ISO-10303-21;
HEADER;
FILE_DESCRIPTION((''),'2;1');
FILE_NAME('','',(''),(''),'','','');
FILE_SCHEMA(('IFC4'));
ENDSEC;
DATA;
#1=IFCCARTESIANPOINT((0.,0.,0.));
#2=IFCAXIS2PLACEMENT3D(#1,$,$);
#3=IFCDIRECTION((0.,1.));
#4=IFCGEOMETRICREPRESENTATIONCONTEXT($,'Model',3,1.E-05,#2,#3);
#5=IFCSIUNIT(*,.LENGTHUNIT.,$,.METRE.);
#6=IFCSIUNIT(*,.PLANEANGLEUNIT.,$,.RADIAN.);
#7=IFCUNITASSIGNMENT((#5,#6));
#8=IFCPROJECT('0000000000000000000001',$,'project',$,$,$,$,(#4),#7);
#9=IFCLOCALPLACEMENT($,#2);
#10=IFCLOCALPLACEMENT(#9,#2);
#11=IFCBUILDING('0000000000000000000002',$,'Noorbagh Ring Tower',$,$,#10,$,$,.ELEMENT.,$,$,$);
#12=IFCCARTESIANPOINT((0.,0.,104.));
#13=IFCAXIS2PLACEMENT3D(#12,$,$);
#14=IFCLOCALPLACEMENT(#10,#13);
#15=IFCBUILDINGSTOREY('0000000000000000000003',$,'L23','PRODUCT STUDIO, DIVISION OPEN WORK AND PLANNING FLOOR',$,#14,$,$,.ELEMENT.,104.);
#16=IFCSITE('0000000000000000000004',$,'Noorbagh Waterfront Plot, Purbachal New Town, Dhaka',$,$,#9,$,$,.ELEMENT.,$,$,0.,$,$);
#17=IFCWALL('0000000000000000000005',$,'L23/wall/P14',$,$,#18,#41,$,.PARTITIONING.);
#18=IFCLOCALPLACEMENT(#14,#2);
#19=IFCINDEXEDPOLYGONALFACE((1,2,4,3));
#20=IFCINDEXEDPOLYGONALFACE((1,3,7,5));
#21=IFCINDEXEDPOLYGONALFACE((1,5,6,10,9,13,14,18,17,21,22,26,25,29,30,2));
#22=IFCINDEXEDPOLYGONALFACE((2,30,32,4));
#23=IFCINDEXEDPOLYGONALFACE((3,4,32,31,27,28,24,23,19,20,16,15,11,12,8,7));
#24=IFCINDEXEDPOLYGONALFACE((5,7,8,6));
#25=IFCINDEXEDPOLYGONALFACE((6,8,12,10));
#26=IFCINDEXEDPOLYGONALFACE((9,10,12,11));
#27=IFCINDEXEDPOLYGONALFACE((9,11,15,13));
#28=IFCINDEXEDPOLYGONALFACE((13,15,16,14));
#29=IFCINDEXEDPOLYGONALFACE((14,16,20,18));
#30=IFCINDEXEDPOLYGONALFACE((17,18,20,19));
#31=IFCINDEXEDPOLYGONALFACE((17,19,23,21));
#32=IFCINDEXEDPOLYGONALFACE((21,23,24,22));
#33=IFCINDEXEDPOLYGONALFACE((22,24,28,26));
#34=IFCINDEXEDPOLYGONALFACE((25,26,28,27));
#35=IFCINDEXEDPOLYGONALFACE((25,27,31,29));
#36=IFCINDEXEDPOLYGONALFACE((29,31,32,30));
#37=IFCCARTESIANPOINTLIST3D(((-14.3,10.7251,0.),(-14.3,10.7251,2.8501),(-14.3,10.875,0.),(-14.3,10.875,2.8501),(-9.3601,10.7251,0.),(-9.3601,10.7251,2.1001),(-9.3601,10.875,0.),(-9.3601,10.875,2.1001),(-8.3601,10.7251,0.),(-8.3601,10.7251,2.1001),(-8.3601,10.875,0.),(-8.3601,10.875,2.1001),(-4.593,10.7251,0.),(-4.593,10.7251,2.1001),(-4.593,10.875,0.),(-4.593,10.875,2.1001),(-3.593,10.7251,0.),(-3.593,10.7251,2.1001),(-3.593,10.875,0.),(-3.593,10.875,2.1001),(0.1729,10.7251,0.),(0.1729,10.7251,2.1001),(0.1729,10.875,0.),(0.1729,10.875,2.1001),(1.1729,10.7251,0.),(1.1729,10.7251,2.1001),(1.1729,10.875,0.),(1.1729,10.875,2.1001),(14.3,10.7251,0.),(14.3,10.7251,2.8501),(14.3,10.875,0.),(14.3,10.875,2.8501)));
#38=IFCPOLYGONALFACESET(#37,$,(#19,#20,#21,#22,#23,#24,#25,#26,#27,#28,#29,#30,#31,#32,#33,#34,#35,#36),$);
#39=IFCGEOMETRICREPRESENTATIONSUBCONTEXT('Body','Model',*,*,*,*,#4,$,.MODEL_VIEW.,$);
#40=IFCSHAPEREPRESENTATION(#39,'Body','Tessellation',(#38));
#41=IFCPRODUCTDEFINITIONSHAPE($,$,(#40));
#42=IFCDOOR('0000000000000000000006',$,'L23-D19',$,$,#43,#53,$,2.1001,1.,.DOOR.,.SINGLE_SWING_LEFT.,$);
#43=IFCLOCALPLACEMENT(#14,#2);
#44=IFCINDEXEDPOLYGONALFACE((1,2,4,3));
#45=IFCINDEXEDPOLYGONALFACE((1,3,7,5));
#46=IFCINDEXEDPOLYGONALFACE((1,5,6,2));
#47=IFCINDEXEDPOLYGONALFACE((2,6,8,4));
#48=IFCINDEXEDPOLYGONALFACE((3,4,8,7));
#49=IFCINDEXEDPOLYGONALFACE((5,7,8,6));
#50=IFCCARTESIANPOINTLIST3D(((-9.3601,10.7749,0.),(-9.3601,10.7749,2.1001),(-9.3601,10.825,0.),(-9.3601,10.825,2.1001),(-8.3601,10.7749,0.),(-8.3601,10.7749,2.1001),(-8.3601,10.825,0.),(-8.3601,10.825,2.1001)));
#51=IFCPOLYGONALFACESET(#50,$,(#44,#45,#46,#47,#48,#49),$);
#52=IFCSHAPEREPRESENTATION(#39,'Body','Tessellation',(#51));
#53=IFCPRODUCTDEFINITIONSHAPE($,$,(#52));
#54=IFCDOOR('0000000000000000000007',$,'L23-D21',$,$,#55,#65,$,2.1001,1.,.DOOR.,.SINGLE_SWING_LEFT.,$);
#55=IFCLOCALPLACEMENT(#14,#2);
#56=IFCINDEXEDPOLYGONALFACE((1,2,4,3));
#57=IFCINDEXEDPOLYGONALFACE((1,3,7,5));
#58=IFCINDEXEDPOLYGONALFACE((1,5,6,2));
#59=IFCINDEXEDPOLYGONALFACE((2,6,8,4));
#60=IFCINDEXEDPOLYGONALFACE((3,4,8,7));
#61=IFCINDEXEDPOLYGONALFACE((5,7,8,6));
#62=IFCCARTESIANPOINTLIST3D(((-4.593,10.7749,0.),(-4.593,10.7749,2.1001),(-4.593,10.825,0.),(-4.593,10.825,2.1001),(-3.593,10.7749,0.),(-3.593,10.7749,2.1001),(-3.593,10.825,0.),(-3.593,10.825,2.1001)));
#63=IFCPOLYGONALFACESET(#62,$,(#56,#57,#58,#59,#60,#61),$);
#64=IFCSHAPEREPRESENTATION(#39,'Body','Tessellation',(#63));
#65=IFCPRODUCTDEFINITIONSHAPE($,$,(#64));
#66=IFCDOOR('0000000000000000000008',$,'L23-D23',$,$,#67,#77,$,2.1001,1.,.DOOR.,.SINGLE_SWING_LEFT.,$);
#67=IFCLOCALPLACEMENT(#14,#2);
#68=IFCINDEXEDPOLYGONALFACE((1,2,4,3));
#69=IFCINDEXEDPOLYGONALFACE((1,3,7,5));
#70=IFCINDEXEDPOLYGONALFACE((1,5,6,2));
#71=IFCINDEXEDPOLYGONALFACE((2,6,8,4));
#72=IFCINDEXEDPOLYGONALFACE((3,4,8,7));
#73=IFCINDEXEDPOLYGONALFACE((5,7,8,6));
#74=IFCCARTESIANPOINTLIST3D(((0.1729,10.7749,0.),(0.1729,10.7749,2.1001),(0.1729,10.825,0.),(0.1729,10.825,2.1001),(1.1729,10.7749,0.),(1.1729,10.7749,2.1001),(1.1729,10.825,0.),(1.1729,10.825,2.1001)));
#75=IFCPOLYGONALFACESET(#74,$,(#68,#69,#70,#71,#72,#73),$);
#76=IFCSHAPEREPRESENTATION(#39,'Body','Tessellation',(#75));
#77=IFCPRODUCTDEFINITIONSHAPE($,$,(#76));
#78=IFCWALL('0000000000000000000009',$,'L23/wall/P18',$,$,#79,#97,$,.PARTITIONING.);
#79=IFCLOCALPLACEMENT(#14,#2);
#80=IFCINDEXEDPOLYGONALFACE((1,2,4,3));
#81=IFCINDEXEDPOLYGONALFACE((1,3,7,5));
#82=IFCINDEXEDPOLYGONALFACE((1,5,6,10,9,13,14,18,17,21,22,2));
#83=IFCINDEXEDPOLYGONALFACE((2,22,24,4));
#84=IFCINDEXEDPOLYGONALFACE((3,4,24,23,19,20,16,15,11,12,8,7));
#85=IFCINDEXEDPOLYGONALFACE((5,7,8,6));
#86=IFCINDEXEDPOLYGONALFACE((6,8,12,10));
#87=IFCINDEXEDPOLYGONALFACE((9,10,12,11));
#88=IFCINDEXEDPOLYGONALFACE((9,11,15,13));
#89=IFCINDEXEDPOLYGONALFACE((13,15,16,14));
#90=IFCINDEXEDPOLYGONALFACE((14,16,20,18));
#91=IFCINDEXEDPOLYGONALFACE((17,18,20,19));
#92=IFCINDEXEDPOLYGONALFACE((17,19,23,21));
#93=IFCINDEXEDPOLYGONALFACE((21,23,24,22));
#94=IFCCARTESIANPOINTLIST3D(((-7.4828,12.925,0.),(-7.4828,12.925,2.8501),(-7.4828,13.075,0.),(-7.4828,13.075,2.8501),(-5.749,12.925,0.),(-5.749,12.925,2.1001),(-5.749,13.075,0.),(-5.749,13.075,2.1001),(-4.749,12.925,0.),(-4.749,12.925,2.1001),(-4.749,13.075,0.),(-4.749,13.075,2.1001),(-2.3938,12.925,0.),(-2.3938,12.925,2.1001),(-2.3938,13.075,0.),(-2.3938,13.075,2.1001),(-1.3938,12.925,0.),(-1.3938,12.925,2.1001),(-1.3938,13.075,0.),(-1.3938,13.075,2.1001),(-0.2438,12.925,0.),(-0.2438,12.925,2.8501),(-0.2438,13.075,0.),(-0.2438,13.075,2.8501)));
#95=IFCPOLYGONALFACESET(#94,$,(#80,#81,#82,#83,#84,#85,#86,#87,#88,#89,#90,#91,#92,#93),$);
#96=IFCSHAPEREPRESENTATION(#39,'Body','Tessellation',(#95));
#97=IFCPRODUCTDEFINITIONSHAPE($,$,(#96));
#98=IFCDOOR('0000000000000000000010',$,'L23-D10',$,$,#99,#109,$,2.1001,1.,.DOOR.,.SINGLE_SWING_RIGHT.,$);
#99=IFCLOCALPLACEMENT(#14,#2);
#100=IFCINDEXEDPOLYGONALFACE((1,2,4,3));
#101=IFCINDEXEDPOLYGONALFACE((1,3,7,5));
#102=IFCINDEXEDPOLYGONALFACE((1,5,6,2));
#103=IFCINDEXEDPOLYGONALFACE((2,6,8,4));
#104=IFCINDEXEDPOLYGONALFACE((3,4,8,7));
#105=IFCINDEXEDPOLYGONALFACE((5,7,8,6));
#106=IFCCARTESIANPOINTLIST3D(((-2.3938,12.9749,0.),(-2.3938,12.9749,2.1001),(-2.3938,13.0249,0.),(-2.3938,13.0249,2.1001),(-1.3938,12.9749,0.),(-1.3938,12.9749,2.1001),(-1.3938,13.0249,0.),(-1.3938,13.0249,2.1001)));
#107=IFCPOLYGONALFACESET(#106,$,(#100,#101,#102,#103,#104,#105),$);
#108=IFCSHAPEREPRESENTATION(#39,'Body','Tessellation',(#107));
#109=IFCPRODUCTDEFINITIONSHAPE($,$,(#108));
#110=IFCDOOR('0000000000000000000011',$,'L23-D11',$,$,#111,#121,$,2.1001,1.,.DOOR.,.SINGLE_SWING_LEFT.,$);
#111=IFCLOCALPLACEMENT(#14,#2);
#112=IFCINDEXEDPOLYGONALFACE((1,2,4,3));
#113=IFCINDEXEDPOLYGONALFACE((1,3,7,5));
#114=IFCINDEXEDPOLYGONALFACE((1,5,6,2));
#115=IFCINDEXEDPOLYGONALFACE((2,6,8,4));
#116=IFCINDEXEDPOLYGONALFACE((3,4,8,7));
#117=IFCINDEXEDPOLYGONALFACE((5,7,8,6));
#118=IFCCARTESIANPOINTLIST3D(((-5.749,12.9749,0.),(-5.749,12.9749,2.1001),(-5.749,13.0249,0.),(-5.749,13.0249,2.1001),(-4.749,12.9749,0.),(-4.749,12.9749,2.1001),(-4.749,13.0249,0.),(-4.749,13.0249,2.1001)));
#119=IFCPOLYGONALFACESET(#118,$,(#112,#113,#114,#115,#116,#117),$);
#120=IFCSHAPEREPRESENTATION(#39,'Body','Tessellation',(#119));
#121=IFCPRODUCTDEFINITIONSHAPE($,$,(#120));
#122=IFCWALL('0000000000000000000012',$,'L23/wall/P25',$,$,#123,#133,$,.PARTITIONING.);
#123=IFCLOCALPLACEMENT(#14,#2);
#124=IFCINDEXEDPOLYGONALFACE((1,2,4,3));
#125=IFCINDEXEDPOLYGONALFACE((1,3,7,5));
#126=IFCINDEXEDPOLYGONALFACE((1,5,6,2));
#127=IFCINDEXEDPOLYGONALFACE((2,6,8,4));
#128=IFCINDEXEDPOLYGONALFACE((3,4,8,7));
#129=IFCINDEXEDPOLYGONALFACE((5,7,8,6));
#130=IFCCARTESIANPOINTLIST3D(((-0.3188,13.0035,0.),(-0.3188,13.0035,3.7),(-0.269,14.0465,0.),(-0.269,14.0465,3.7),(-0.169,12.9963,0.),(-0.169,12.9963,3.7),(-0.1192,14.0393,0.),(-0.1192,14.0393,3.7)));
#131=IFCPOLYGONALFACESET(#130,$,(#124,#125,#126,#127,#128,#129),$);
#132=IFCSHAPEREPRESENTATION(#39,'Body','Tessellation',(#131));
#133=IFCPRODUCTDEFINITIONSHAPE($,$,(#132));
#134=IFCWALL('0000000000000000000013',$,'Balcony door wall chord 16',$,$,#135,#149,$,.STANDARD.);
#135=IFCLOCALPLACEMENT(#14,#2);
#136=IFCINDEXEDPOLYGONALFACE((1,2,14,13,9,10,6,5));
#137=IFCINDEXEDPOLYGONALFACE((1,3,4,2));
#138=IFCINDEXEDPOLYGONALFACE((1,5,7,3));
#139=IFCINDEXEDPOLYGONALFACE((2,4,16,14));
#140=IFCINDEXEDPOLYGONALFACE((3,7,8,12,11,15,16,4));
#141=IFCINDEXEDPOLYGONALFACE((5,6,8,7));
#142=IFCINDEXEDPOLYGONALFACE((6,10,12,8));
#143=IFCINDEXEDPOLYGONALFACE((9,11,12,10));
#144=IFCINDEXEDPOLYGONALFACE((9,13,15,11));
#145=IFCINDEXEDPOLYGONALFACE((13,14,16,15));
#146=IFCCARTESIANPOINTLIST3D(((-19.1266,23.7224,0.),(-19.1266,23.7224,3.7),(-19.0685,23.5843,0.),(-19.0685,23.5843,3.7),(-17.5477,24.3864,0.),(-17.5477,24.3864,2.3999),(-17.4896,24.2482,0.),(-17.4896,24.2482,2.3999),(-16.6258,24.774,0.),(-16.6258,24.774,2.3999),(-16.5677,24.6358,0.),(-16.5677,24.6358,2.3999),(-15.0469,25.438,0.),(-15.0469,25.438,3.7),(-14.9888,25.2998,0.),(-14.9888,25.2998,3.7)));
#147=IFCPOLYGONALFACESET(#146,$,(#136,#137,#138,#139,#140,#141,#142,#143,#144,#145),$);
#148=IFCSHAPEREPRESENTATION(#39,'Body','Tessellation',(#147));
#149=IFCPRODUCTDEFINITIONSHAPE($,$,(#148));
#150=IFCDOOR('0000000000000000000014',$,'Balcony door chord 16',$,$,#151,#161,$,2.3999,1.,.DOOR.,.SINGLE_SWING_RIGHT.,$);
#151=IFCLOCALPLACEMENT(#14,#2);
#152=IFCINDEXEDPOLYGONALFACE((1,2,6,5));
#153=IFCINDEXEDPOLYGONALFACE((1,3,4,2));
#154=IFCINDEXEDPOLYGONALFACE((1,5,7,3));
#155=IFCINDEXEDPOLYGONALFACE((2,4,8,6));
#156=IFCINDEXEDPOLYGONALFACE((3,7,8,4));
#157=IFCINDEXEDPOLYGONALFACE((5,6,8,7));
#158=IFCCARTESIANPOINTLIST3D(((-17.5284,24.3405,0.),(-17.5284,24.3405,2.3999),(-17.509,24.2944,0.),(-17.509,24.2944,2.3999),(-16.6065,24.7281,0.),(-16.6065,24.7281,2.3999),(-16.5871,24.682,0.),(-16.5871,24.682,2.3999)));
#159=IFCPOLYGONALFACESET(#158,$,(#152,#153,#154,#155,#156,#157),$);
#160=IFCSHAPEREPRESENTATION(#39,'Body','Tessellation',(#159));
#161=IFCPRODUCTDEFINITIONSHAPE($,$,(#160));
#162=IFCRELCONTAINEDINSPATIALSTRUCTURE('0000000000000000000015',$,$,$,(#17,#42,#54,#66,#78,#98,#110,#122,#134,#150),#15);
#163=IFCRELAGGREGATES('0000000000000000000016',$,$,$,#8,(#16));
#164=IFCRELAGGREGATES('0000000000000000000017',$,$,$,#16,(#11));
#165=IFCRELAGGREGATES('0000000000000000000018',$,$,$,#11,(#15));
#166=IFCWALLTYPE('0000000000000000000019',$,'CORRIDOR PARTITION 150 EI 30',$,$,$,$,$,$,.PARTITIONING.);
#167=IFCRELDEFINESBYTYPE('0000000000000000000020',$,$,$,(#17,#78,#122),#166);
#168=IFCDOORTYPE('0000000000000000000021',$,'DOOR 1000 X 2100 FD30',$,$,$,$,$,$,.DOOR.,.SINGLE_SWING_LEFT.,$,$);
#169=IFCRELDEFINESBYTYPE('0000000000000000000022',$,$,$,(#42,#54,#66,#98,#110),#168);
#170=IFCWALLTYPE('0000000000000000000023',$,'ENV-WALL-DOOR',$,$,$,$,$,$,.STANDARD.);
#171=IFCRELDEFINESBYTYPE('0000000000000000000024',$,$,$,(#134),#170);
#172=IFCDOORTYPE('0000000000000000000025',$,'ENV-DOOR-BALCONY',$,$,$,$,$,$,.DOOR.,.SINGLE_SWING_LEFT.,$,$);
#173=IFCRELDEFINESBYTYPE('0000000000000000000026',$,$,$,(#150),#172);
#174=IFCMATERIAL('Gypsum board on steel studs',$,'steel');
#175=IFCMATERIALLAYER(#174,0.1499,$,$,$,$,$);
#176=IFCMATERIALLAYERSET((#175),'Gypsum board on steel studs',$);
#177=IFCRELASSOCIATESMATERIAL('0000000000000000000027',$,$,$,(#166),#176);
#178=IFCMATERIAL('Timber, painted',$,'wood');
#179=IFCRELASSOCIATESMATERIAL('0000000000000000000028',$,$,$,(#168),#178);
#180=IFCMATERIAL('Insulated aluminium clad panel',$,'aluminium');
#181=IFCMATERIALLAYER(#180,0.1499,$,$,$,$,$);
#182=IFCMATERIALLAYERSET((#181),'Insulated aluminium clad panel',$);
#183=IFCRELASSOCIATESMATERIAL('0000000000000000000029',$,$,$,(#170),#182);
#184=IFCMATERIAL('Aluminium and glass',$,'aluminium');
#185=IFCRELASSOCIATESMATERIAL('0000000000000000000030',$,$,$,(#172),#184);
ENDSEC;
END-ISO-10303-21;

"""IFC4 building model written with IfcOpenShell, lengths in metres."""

from ifc_helpers import new_model, si_unit, direction, frame, frame_2d, origin, place, context, subcontext, project, spatial, rectangle, extrude, material, layer, layer_set, type_object, element, fill, save


model = new_model("IFC4")

# Units and contexts
model_context = context("Model", 3, precision=1e-05, world=origin(), true_north=direction((0.0, 1.0)))
body_context = subcontext(model_context, "Body", "Model", "MODEL_VIEW")
ifc_project = project(units=[si_unit("LENGTHUNIT", "METRE"), si_unit("PLANEANGLEUNIT", "RADIAN")], contexts=[model_context])

# Site, building, storey
site_placement = place(None, origin())
site = spatial("IfcSite", under=ifc_project, at=site_placement, Name="Noorbagh Waterfront Plot, Purbachal New Town, Dhaka", CompositionType="ELEMENT", RefElevation=0.0)
building_placement = place(site_placement, origin())
building = spatial("IfcBuilding", under=site, at=building_placement, Name="Noorbagh Ring Tower", CompositionType="ELEMENT")
storey_placement = place(building_placement, frame((0.0, 0.0, 104.0)))
storey = spatial("IfcBuildingStorey", under=building, at=storey_placement, Name="L23", Description="PRODUCT STUDIO, DIVISION OPEN WORK AND PLANNING FLOOR", CompositionType="ELEMENT", Elevation=104.0)

# Shared definitions
ifc_material_1 = material(Name="Gypsum board on steel studs", Category="steel")
ifc_layer_1 = layer(ifc_material_1, 0.1499)
ifc_layer_set_1 = layer_set([ifc_layer_1], Name="Gypsum board on steel studs")
wall_type_1 = type_object("IfcWallType", Name="CORRIDOR PARTITION 150 EI 30", PredefinedType="PARTITIONING", material=ifc_layer_set_1)
ifc_material_2 = material(Name="Timber, painted", Category="wood")
door_type_1 = type_object("IfcDoorType", Name="DOOR 1000 X 2100 FD30", OperationType="SINGLE_SWING_LEFT", PredefinedType="DOOR", material=ifc_material_2)

# Walls, openings, doors
wall_1_placement = place(storey_placement, frame((-14.3, 10.8, 0.0), z_axis=(0.0, 0.0, 1.0), x_axis=(1.0, 0.0, 0.0)))
wall_1 = element("IfcWall", 1, at=wall_1_placement, inside=storey, type_object=wall_type_1, Name="L23/wall/P14", PredefinedType="PARTITIONING", context=body_context, shape_type="SweptSolid", body=[
    extrude(rectangle(XDim=28.6001, YDim=0.1499, at=frame_2d((14.3, 0.0))), origin(), (0.0, 0.0, 1.0), 2.8501),
])
opening_1_placement = place(wall_1_placement, frame((4.9399, 0.0, 0.0)))
opening_1 = element("IfcOpeningElement", 2, at=opening_1_placement, cuts=wall_1, PredefinedType="OPENING", context=body_context, shape_type="SweptSolid", body=[
    extrude(rectangle(XDim=1.0, YDim=2.1001, at=frame_2d((0.5, 1.05))), frame((0.0, 0.085, 0.0), z_axis=(0.0, -1.0, 0.0), x_axis=(1.0, 0.0, 0.0)), (0.0, 0.0, 1.0), 0.1699),
])
opening_2_placement = place(wall_1_placement, frame((9.707, 0.0, 0.0)))
opening_2 = element("IfcOpeningElement", 3, at=opening_2_placement, cuts=wall_1, PredefinedType="OPENING", context=body_context, shape_type="SweptSolid", body=[
    extrude(rectangle(XDim=1.0, YDim=2.1001, at=frame_2d((0.5, 1.05))), frame((0.0, 0.085, 0.0), z_axis=(0.0, -1.0, 0.0), x_axis=(1.0, 0.0, 0.0)), (0.0, 0.0, 1.0), 0.1699),
])
opening_3_placement = place(wall_1_placement, frame((14.4729, 0.0, 0.0)))
opening_3 = element("IfcOpeningElement", 4, at=opening_3_placement, cuts=wall_1, PredefinedType="OPENING", context=body_context, shape_type="SweptSolid", body=[
    extrude(rectangle(XDim=1.0, YDim=2.1001, at=frame_2d((0.5, 1.05))), frame((0.0, 0.085, 0.0), z_axis=(0.0, -1.0, 0.0), x_axis=(1.0, 0.0, 0.0)), (0.0, 0.0, 1.0), 0.1699),
])
door_1_placement = place(opening_1_placement, origin())
door_1 = element("IfcDoor", 5, at=door_1_placement, inside=storey, type_object=door_type_1, Name="L23-D19", OperationType="SINGLE_SWING_LEFT", OverallHeight=2.1001, OverallWidth=1.0, PredefinedType="DOOR", context=body_context, shape_type="SweptSolid", body=[
    extrude(rectangle(XDim=1.0, YDim=2.1001, at=frame_2d((0.5, 1.05))), frame((0.0, 0.0249, 0.0), z_axis=(0.0, -1.0, 0.0), x_axis=(1.0, 0.0, 0.0)), (0.0, 0.0, 1.0), 0.05),
])
fill(opening_1, door_1)
door_2_placement = place(opening_2_placement, origin())
door_2 = element("IfcDoor", 6, at=door_2_placement, inside=storey, type_object=door_type_1, Name="L23-D21", OperationType="SINGLE_SWING_LEFT", OverallHeight=2.1001, OverallWidth=1.0, PredefinedType="DOOR", context=body_context, shape_type="SweptSolid", body=[
    extrude(rectangle(XDim=1.0, YDim=2.1001, at=frame_2d((0.5, 1.05))), frame((0.0, 0.0249, 0.0), z_axis=(0.0, -1.0, 0.0), x_axis=(1.0, 0.0, 0.0)), (0.0, 0.0, 1.0), 0.05),
])
fill(opening_2, door_2)
door_3_placement = place(opening_3_placement, origin())
door_3 = element("IfcDoor", 7, at=door_3_placement, inside=storey, type_object=door_type_1, Name="L23-D23", OperationType="SINGLE_SWING_LEFT", OverallHeight=2.1001, OverallWidth=1.0, PredefinedType="DOOR", context=body_context, shape_type="SweptSolid", body=[
    extrude(rectangle(XDim=1.0, YDim=2.1001, at=frame_2d((0.5, 1.05))), frame((0.0, 0.0249, 0.0), z_axis=(0.0, -1.0, 0.0), x_axis=(1.0, 0.0, 0.0)), (0.0, 0.0, 1.0), 0.05),
])
fill(opening_3, door_3)
wall_2_placement = place(storey_placement, frame((-7.4829, 13.0, 0.0), z_axis=(0.0, 0.0, 1.0), x_axis=(1.0, 0.0, 0.0)))
wall_2 = element("IfcWall", 8, at=wall_2_placement, inside=storey, type_object=wall_type_1, Name="L23/wall/P18", PredefinedType="PARTITIONING", context=body_context, shape_type="SweptSolid", body=[
    extrude(rectangle(XDim=7.239, YDim=0.1499, at=frame_2d((3.6196, 0.0))), origin(), (0.0, 0.0, 1.0), 2.8501),
])
opening_4_placement = place(wall_2_placement, frame((5.0891, 0.0, 0.0)))
opening_4 = element("IfcOpeningElement", 9, at=opening_4_placement, cuts=wall_2, PredefinedType="OPENING", context=body_context, shape_type="SweptSolid", body=[
    extrude(rectangle(XDim=1.0, YDim=2.1001, at=frame_2d((0.5, 1.05))), frame((0.0, 0.085, 0.0), z_axis=(0.0, -1.0, 0.0), x_axis=(1.0, 0.0, 0.0)), (0.0, 0.0, 1.0), 0.1699),
])
opening_5_placement = place(wall_2_placement, frame((1.7339, 0.0, 0.0)))
opening_5 = element("IfcOpeningElement", 10, at=opening_5_placement, cuts=wall_2, PredefinedType="OPENING", context=body_context, shape_type="SweptSolid", body=[
    extrude(rectangle(XDim=1.0, YDim=2.1001, at=frame_2d((0.5, 1.05))), frame((0.0, 0.085, 0.0), z_axis=(0.0, -1.0, 0.0), x_axis=(1.0, 0.0, 0.0)), (0.0, 0.0, 1.0), 0.1699),
])
door_4_placement = place(opening_4_placement, origin())
door_4 = element("IfcDoor", 11, at=door_4_placement, inside=storey, type_object=door_type_1, Name="L23-D10", OperationType="SINGLE_SWING_RIGHT", OverallHeight=2.1001, OverallWidth=1.0, PredefinedType="DOOR", context=body_context, shape_type="SweptSolid", body=[
    extrude(rectangle(XDim=1.0, YDim=2.1001, at=frame_2d((0.5, 1.05))), frame((0.0, 0.0249, 0.0), z_axis=(0.0, -1.0, 0.0), x_axis=(1.0, 0.0, 0.0)), (0.0, 0.0, 1.0), 0.05),
])
fill(opening_4, door_4)
door_5_placement = place(opening_5_placement, origin())
door_5 = element("IfcDoor", 12, at=door_5_placement, inside=storey, type_object=door_type_1, Name="L23-D11", OperationType="SINGLE_SWING_LEFT", OverallHeight=2.1001, OverallWidth=1.0, PredefinedType="DOOR", context=body_context, shape_type="SweptSolid", body=[
    extrude(rectangle(XDim=1.0, YDim=2.1001, at=frame_2d((0.5, 1.05))), frame((0.0, 0.0249, 0.0), z_axis=(0.0, -1.0, 0.0), x_axis=(1.0, 0.0, 0.0)), (0.0, 0.0, 1.0), 0.05),
])
fill(opening_5, door_5)

# Wall
wall_3_placement = place(storey_placement, frame((-0.2439, 13.0, 0.0), z_axis=(0.0, 0.0, 1.0), x_axis=(0.047698, 0.998862, 0.0)))
element("IfcWall", 13, at=wall_3_placement, inside=storey, type_object=wall_type_1, Name="L23/wall/P25", PredefinedType="PARTITIONING", context=body_context, shape_type="SweptSolid", body=[
    extrude(rectangle(XDim=1.0442, YDim=0.1499, at=frame_2d((0.522, 0.0))), origin(), (0.0, 0.0, 1.0), 3.7),
])

# Wall, opening, door
ifc_material_3 = material(Name="Insulated aluminium clad panel", Category="aluminium")
ifc_layer_2 = layer(ifc_material_3, 0.1499)
ifc_layer_set_2 = layer_set([ifc_layer_2], Name="Insulated aluminium clad panel")
wall_type_2 = type_object("IfcWallType", Name="ENV-WALL-DOOR", PredefinedType="STANDARD", material=ifc_layer_set_2)
wall_4_placement = place(storey_placement, frame((-15.0178, 25.3689, 0.0), z_axis=(0.0, 0.0, 1.0), x_axis=(-0.921817, -0.387625, 0.0)))
wall_4 = element("IfcWall", 14, at=wall_4_placement, inside=storey, type_object=wall_type_2, Name="Balcony door wall chord 16", PredefinedType="STANDARD", context=body_context, shape_type="SweptSolid", body=[
    extrude(rectangle(XDim=4.4258, YDim=0.1499, at=frame_2d((2.2129, 0.0))), origin(), (0.0, 0.0, 1.0), 3.7),
])
opening_6_placement = place(wall_4_placement, frame((1.7129, 0.0, 0.0)))
opening_6 = element("IfcOpeningElement", 15, at=opening_6_placement, cuts=wall_4, PredefinedType="OPENING", context=body_context, shape_type="SweptSolid", body=[
    extrude(rectangle(XDim=1.0, YDim=2.3999, at=frame_2d((0.5, 1.2))), frame((0.0, 0.085, 0.0), z_axis=(0.0, -1.0, 0.0), x_axis=(1.0, 0.0, 0.0)), (0.0, 0.0, 1.0), 0.1699),
])
ifc_material_4 = material(Name="Aluminium and glass", Category="aluminium")
door_type_2 = type_object("IfcDoorType", Name="ENV-DOOR-BALCONY", OperationType="SINGLE_SWING_LEFT", PredefinedType="DOOR", material=ifc_material_4)
door_6_placement = place(opening_6_placement, origin())
door_6 = element("IfcDoor", 16, at=door_6_placement, inside=storey, type_object=door_type_2, Name="Balcony door chord 16", OperationType="SINGLE_SWING_RIGHT", OverallHeight=2.3999, OverallWidth=1.0, PredefinedType="DOOR", context=body_context, shape_type="SweptSolid", body=[
    extrude(rectangle(XDim=1.0, YDim=2.3999, at=frame_2d((0.5, 1.2))), frame((0.0, 0.0249, 0.0), z_axis=(0.0, -1.0, 0.0), x_axis=(1.0, 0.0, 0.0)), (0.0, 0.0, 1.0), 0.05),
])
fill(opening_6, door_6)

save(model, "model.ifc")
